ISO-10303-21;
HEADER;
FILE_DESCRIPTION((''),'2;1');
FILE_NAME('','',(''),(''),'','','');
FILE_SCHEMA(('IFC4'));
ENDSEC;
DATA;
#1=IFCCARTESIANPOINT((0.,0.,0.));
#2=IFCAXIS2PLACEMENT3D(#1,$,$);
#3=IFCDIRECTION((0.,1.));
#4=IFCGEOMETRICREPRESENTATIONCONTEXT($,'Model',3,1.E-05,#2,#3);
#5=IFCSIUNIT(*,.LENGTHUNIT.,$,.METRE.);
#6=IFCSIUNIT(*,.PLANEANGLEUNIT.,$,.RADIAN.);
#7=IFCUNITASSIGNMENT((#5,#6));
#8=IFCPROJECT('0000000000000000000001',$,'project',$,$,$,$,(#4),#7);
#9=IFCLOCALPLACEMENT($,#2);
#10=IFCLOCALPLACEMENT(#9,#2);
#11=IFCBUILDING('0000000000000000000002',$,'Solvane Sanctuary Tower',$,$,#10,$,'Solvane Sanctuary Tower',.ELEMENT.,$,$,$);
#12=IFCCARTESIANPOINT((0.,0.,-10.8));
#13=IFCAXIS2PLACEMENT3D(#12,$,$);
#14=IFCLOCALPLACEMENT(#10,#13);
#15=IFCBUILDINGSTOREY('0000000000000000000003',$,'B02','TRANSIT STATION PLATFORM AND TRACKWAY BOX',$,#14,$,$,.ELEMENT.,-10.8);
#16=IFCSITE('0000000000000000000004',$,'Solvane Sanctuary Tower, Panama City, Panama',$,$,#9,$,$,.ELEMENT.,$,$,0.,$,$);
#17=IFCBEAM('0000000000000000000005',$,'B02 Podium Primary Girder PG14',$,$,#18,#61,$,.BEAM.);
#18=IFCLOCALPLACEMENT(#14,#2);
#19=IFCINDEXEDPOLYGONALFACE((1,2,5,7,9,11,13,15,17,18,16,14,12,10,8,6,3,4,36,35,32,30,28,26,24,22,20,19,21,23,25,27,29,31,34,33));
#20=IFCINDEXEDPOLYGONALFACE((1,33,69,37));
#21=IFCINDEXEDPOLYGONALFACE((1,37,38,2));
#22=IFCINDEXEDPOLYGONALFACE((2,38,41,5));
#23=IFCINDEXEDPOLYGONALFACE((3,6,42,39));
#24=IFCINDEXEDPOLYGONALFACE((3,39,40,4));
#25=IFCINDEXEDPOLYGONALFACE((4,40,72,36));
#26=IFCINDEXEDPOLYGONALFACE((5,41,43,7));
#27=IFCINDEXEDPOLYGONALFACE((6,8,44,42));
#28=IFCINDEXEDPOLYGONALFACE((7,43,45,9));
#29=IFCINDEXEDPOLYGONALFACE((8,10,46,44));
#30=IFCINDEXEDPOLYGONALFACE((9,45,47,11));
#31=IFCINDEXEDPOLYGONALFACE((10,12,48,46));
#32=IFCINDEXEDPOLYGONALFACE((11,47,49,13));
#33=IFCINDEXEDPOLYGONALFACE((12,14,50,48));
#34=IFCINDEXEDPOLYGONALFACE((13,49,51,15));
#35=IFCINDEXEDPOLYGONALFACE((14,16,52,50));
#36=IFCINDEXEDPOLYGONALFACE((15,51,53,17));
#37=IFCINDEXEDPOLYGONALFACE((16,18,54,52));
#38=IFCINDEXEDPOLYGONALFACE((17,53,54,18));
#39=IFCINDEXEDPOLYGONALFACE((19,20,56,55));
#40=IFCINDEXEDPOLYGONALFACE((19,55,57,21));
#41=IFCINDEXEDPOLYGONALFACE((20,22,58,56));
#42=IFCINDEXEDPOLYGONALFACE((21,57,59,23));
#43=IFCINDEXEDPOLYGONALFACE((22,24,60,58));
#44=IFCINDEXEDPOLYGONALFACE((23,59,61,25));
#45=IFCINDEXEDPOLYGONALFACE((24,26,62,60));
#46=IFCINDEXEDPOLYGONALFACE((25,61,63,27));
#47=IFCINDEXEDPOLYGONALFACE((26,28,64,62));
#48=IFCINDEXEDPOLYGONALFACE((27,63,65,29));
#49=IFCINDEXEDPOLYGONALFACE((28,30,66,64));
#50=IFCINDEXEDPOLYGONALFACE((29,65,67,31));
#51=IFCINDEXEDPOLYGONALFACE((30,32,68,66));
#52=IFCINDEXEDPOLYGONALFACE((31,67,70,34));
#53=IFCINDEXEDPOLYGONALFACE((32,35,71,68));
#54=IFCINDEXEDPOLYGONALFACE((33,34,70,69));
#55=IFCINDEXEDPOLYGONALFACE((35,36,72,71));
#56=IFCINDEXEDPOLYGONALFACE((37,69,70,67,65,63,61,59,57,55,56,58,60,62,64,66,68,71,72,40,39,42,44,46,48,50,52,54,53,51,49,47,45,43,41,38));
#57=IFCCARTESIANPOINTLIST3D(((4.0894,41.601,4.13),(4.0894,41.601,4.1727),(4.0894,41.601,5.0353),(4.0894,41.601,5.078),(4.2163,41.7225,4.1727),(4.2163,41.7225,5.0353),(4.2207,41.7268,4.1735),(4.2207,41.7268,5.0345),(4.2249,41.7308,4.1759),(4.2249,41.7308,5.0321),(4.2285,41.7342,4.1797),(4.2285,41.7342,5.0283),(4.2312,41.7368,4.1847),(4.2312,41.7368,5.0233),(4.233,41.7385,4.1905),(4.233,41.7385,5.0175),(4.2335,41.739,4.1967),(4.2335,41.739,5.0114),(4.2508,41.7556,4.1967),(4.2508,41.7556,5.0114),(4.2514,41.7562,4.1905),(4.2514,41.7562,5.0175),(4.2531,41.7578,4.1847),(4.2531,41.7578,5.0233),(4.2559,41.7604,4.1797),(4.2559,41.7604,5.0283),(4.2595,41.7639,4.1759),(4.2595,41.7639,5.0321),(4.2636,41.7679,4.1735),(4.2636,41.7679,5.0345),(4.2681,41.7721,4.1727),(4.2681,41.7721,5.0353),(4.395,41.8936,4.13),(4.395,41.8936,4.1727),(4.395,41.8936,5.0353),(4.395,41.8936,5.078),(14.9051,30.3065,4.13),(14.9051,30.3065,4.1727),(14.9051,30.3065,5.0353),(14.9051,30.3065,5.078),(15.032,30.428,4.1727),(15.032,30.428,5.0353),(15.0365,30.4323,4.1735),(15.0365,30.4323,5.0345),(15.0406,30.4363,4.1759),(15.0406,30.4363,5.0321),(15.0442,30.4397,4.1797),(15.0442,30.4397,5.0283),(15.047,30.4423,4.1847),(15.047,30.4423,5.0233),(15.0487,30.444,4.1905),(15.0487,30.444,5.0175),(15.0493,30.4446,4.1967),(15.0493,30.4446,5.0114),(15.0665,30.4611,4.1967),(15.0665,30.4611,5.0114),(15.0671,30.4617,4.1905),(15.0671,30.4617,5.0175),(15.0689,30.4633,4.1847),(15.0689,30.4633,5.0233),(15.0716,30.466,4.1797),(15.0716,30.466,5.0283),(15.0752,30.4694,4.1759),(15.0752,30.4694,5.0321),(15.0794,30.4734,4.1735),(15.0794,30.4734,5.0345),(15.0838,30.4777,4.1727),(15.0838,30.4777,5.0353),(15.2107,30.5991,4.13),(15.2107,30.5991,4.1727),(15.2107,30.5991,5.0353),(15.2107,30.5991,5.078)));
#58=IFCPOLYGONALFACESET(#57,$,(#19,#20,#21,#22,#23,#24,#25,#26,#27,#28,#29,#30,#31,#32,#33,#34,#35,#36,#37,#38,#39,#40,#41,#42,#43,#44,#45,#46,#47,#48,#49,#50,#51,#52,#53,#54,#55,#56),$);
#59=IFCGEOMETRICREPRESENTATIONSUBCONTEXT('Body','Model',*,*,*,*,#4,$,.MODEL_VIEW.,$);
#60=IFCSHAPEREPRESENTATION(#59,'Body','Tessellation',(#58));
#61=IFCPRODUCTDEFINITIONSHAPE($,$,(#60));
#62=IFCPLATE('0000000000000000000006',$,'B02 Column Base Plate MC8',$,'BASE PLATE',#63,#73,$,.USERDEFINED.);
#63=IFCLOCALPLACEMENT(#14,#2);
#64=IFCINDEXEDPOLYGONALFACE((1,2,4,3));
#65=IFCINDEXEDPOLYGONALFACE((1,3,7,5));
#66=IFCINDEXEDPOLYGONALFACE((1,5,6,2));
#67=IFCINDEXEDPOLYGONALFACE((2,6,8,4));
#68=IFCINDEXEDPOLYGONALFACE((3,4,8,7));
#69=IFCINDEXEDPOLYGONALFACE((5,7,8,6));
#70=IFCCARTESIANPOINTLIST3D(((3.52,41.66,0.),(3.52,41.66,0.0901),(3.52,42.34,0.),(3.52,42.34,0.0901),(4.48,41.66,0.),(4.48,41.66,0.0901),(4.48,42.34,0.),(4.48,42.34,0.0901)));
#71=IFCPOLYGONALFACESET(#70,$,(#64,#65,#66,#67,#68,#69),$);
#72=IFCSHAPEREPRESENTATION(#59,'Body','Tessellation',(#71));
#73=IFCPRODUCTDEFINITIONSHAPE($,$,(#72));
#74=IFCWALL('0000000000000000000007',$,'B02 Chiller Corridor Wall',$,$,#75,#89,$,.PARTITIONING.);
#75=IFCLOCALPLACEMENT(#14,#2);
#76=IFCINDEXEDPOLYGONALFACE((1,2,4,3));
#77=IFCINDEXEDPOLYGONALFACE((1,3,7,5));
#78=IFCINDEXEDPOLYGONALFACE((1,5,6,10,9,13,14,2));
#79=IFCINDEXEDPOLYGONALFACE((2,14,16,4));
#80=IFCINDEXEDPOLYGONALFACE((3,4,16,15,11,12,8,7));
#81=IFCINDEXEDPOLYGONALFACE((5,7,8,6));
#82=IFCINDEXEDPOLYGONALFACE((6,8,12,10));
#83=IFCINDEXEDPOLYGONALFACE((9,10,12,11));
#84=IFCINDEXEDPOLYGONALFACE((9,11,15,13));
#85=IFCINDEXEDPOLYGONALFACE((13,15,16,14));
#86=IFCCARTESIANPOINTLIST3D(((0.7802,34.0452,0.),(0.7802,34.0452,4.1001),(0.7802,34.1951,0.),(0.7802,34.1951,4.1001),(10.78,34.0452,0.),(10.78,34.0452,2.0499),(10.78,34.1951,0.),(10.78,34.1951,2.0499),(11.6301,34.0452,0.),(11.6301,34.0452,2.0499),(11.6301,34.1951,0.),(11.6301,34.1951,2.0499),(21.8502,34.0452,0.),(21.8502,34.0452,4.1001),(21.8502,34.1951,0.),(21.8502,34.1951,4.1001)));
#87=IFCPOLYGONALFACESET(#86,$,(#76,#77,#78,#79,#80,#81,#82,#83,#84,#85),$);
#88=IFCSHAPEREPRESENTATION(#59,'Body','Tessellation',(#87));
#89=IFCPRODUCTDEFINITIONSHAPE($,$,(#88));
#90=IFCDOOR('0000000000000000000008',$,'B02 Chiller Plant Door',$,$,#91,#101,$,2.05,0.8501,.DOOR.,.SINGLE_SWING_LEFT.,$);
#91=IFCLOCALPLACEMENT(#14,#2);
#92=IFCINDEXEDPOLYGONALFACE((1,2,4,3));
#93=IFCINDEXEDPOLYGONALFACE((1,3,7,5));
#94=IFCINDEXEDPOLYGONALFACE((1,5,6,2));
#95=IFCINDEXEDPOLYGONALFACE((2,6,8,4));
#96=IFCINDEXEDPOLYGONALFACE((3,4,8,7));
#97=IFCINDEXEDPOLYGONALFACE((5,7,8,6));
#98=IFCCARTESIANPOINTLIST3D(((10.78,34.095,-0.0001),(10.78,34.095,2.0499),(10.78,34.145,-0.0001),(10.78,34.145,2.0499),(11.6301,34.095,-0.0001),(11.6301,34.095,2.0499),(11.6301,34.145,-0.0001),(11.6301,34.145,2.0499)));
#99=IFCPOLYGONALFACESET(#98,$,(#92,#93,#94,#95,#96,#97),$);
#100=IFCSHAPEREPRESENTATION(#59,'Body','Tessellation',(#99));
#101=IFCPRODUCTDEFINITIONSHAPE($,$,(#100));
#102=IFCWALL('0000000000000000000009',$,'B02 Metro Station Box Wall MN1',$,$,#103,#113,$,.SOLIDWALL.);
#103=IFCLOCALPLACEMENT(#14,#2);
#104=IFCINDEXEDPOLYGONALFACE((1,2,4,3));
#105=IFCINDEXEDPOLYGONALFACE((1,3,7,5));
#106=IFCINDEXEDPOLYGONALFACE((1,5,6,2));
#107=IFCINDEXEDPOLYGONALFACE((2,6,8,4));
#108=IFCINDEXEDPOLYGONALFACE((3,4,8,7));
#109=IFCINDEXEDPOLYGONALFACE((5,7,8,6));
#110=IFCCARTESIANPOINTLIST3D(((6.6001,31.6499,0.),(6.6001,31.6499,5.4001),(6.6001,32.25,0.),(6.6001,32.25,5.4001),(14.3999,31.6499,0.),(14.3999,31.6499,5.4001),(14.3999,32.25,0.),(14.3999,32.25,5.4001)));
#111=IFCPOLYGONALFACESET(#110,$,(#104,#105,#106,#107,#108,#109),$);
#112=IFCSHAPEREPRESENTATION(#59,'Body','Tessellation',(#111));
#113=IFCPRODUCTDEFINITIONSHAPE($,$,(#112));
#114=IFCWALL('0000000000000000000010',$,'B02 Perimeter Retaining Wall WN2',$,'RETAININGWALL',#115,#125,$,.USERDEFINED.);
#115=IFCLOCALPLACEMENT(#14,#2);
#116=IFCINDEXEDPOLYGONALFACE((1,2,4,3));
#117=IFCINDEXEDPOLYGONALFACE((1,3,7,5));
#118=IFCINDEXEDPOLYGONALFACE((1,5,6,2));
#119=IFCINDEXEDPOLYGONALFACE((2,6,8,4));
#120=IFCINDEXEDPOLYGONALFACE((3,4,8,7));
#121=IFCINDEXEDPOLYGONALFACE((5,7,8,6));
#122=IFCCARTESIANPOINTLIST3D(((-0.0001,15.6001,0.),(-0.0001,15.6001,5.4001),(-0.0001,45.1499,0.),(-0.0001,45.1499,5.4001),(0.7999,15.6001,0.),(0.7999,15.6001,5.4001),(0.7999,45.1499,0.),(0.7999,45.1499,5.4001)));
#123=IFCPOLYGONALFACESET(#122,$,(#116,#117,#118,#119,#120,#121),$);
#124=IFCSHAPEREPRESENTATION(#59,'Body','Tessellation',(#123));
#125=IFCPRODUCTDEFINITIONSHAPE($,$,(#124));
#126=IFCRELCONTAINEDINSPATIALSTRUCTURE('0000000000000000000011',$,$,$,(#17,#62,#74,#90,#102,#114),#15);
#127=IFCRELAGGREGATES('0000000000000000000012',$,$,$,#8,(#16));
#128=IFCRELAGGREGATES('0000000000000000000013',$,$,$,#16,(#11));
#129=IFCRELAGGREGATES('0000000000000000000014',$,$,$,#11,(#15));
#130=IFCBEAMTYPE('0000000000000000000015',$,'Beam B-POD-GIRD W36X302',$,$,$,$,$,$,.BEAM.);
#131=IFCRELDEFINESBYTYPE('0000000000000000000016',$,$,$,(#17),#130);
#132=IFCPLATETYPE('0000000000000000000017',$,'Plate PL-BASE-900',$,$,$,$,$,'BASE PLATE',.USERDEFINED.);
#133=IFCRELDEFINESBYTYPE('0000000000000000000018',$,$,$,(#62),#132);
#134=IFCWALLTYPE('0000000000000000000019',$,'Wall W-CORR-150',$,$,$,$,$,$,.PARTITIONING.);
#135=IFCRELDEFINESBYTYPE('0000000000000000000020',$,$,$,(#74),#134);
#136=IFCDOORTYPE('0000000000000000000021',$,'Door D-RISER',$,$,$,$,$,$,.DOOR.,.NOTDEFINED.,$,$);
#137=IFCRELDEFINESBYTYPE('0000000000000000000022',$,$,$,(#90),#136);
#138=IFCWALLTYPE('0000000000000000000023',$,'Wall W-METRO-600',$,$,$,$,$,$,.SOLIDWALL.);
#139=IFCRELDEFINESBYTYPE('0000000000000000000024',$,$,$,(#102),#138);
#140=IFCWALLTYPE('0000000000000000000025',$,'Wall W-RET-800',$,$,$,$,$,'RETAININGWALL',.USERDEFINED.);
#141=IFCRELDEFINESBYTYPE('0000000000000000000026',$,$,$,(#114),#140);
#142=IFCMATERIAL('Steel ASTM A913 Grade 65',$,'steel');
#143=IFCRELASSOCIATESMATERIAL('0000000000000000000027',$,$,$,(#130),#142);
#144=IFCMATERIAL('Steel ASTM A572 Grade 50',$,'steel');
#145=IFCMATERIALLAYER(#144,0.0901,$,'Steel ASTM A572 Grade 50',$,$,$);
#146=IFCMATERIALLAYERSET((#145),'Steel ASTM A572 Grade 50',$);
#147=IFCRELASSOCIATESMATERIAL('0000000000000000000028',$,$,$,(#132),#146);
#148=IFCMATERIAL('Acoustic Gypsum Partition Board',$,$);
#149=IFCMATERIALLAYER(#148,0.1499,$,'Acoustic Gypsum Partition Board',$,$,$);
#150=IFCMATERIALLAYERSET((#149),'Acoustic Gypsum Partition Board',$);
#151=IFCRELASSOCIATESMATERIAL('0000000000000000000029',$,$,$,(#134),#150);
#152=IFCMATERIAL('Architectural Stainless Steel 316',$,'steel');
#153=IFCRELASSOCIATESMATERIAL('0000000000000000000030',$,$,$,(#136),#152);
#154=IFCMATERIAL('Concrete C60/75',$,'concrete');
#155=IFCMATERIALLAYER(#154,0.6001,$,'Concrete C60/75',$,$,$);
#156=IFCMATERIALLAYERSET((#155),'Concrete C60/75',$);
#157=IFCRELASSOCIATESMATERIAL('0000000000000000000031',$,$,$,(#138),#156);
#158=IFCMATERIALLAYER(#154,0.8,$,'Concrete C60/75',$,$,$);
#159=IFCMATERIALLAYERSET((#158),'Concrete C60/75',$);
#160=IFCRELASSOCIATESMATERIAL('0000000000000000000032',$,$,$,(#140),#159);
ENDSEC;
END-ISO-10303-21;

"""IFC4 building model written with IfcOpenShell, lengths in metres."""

from ifc_helpers import new_model, si_unit, direction, frame, frame_2d, origin, origin_2d, place, context, subcontext, project, spatial, rectangle, i_section, extrude, material, layer, layer_set, material_profile, profile_set, type_object, element, fill, save


model = new_model("IFC4")

# Units and contexts
model_context = context("Model", 3, precision=1e-05, world=origin(), true_north=direction((0.0, 1.0)))
body_context = subcontext(model_context, "Body", "Model", "MODEL_VIEW")
ifc_project = project(units=[si_unit("LENGTHUNIT", "METRE"), si_unit("PLANEANGLEUNIT", "RADIAN")], contexts=[model_context])

# Site, building, storey
site_placement = place(None, origin())
site = spatial("IfcSite", under=ifc_project, at=site_placement, Name="Solvane Sanctuary Tower, Panama City, Panama", CompositionType="ELEMENT", RefElevation=0.0)
building_placement = place(site_placement, origin())
building = spatial("IfcBuilding", under=site, at=building_placement, Name="Solvane Sanctuary Tower", LongName="Solvane Sanctuary Tower", CompositionType="ELEMENT")
storey_placement = place(building_placement, frame((0.0, 0.0, -10.8)))
storey = spatial("IfcBuildingStorey", under=building, at=storey_placement, Name="B02", Description="TRANSIT STATION PLATFORM AND TRACKWAY BOX", CompositionType="ELEMENT", Elevation=-10.8)

# Beam
ifc_material_1 = material(Name="Steel ASTM A913 Grade 65", Category="steel")
ifc_material_profile_1 = material_profile(ifc_material_1, i_section(OverallWidth=0.4231, OverallDepth=0.948, WebThickness=0.0239, FlangeThickness=0.0427, FilletRadius=0.0239, at=origin_2d()), Name="W36X302")
ifc_profile_set_1 = profile_set([ifc_material_profile_1], Name="Steel ASTM A913 Grade 65")
beam_type = type_object("IfcBeamType", Name="Beam B-POD-GIRD W36X302", PredefinedType="BEAM", material=ifc_profile_set_1)
beam_1_placement = place(storey_placement, frame((4.2422, 41.7473, 4.604), z_axis=(0.691633, -0.722249, 0.0), x_axis=(0.722249, 0.691633, 0.0)))
element("IfcBeam", 1, at=beam_1_placement, inside=storey, type_object=beam_type, Name="B02 Podium Primary Girder PG14", PredefinedType="BEAM", context=body_context, shape_type="SweptSolid", body=[
    extrude(i_section(OverallWidth=0.4231, OverallDepth=0.948, WebThickness=0.0239, FlangeThickness=0.0427, FilletRadius=0.0239, at=origin_2d()), origin(), (0.0, 0.0, 1.0), 15.6379),
])

# Plate
ifc_material_2 = material(Name="Steel ASTM A572 Grade 50", Category="steel")
ifc_layer_1 = layer(ifc_material_2, 0.0901, Name="Steel ASTM A572 Grade 50")
ifc_layer_set_1 = layer_set([ifc_layer_1], Name="Steel ASTM A572 Grade 50")
plate_type = type_object("IfcPlateType", Name="Plate PL-BASE-900", ElementType="BASE PLATE", PredefinedType="USERDEFINED", material=ifc_layer_set_1)
plate_placement = place(storey_placement, frame((4.0, 42.0, 0.0), z_axis=(0.0, 0.0, 1.0), x_axis=(1.0, 0.0, 0.0)))
element("IfcPlate", 2, at=plate_placement, inside=storey, type_object=plate_type, Name="B02 Column Base Plate MC8", ObjectType="BASE PLATE", PredefinedType="USERDEFINED", context=body_context, shape_type="SweptSolid", body=[
    extrude(rectangle(XDim=0.96, YDim=0.6799, at=origin_2d()), origin(), (0.0, 0.0, 1.0), 0.0901),
])

# Wall, opening, door
ifc_material_3 = material(Name="Acoustic Gypsum Partition Board")
ifc_layer_2 = layer(ifc_material_3, 0.1499, Name="Acoustic Gypsum Partition Board")
ifc_layer_set_2 = layer_set([ifc_layer_2], Name="Acoustic Gypsum Partition Board")
wall_type_1 = type_object("IfcWallType", Name="Wall W-CORR-150", PredefinedType="PARTITIONING", material=ifc_layer_set_2)
wall_1_placement = place(storey_placement, frame((0.78, 34.1201, 0.0), z_axis=(0.0, 0.0, 1.0), x_axis=(1.0, 0.0, 0.0)))
wall_1 = element("IfcWall", 3, at=wall_1_placement, inside=storey, type_object=wall_type_1, Name="B02 Chiller Corridor Wall", PredefinedType="PARTITIONING", context=body_context, shape_type="SweptSolid", body=[
    extrude(rectangle(XDim=21.0701, YDim=0.1499, at=frame_2d((10.5352, 0.0))), origin(), (0.0, 0.0, 1.0), 4.1001),
])
opening_placement = place(wall_1_placement, frame((10.0, 0.0, 0.0)))
opening = element("IfcOpeningElement", 4, at=opening_placement, cuts=wall_1, PredefinedType="OPENING", context=body_context, shape_type="SweptSolid", body=[
    extrude(rectangle(XDim=0.8501, YDim=2.05, at=frame_2d((0.425, 1.0249))), frame((0.0, 0.085, 0.0), z_axis=(0.0, -1.0, 0.0), x_axis=(1.0, 0.0, 0.0)), (0.0, 0.0, 1.0), 0.1699),
])
ifc_material_4 = material(Name="Architectural Stainless Steel 316", Category="steel")
door_type = type_object("IfcDoorType", Name="Door D-RISER", OperationType="NOTDEFINED", PredefinedType="DOOR", material=ifc_material_4)
door_placement = place(opening_placement, origin())
door = element("IfcDoor", 5, at=door_placement, inside=storey, type_object=door_type, Name="B02 Chiller Plant Door", OperationType="SINGLE_SWING_LEFT", OverallHeight=2.05, OverallWidth=0.8501, PredefinedType="DOOR", context=body_context, shape_type="SweptSolid", body=[
    extrude(rectangle(XDim=0.8501, YDim=2.05, at=frame_2d((0.425, 1.0249))), frame((0.0, 0.0249, 0.0), z_axis=(0.0, -1.0, 0.0), x_axis=(1.0, 0.0, 0.0)), (0.0, 0.0, 1.0), 0.05),
])
fill(opening, door)

# Walls
ifc_material_5 = material(Name="Concrete C60/75", Category="concrete")
ifc_layer_3 = layer(ifc_material_5, 0.6001, Name="Concrete C60/75")
ifc_layer_set_3 = layer_set([ifc_layer_3], Name="Concrete C60/75")
wall_type_2 = type_object("IfcWallType", Name="Wall W-METRO-600", PredefinedType="SOLIDWALL", material=ifc_layer_set_3)
wall_2_placement = place(storey_placement, frame((6.6001, 31.95, 0.0), z_axis=(0.0, 0.0, 1.0), x_axis=(1.0, 0.0, 0.0)))
element("IfcWall", 6, at=wall_2_placement, inside=storey, type_object=wall_type_2, Name="B02 Metro Station Box Wall MN1", PredefinedType="SOLIDWALL", context=body_context, shape_type="SweptSolid", body=[
    extrude(rectangle(XDim=7.7998, YDim=0.6001, at=frame_2d((3.8999, 0.0))), origin(), (0.0, 0.0, 1.0), 5.4001),
])
ifc_layer_4 = layer(ifc_material_5, 0.8, Name="Concrete C60/75")
ifc_layer_set_4 = layer_set([ifc_layer_4], Name="Concrete C60/75")
wall_type_3 = type_object("IfcWallType", Name="Wall W-RET-800", ElementType="RETAININGWALL", PredefinedType="USERDEFINED", material=ifc_layer_set_4)
wall_3_placement = place(storey_placement, frame((0.3999, 45.1499, 0.0), z_axis=(0.0, 0.0, 1.0), x_axis=(0.0, -1.0, 0.0)))
element("IfcWall", 7, at=wall_3_placement, inside=storey, type_object=wall_type_3, Name="B02 Perimeter Retaining Wall WN2", ObjectType="RETAININGWALL", PredefinedType="USERDEFINED", context=body_context, shape_type="SweptSolid", body=[
    extrude(rectangle(XDim=29.5498, YDim=0.8, at=frame_2d((14.7749, 0.0))), origin(), (0.0, 0.0, 1.0), 5.4001),
])

save(model, "model.ifc")
